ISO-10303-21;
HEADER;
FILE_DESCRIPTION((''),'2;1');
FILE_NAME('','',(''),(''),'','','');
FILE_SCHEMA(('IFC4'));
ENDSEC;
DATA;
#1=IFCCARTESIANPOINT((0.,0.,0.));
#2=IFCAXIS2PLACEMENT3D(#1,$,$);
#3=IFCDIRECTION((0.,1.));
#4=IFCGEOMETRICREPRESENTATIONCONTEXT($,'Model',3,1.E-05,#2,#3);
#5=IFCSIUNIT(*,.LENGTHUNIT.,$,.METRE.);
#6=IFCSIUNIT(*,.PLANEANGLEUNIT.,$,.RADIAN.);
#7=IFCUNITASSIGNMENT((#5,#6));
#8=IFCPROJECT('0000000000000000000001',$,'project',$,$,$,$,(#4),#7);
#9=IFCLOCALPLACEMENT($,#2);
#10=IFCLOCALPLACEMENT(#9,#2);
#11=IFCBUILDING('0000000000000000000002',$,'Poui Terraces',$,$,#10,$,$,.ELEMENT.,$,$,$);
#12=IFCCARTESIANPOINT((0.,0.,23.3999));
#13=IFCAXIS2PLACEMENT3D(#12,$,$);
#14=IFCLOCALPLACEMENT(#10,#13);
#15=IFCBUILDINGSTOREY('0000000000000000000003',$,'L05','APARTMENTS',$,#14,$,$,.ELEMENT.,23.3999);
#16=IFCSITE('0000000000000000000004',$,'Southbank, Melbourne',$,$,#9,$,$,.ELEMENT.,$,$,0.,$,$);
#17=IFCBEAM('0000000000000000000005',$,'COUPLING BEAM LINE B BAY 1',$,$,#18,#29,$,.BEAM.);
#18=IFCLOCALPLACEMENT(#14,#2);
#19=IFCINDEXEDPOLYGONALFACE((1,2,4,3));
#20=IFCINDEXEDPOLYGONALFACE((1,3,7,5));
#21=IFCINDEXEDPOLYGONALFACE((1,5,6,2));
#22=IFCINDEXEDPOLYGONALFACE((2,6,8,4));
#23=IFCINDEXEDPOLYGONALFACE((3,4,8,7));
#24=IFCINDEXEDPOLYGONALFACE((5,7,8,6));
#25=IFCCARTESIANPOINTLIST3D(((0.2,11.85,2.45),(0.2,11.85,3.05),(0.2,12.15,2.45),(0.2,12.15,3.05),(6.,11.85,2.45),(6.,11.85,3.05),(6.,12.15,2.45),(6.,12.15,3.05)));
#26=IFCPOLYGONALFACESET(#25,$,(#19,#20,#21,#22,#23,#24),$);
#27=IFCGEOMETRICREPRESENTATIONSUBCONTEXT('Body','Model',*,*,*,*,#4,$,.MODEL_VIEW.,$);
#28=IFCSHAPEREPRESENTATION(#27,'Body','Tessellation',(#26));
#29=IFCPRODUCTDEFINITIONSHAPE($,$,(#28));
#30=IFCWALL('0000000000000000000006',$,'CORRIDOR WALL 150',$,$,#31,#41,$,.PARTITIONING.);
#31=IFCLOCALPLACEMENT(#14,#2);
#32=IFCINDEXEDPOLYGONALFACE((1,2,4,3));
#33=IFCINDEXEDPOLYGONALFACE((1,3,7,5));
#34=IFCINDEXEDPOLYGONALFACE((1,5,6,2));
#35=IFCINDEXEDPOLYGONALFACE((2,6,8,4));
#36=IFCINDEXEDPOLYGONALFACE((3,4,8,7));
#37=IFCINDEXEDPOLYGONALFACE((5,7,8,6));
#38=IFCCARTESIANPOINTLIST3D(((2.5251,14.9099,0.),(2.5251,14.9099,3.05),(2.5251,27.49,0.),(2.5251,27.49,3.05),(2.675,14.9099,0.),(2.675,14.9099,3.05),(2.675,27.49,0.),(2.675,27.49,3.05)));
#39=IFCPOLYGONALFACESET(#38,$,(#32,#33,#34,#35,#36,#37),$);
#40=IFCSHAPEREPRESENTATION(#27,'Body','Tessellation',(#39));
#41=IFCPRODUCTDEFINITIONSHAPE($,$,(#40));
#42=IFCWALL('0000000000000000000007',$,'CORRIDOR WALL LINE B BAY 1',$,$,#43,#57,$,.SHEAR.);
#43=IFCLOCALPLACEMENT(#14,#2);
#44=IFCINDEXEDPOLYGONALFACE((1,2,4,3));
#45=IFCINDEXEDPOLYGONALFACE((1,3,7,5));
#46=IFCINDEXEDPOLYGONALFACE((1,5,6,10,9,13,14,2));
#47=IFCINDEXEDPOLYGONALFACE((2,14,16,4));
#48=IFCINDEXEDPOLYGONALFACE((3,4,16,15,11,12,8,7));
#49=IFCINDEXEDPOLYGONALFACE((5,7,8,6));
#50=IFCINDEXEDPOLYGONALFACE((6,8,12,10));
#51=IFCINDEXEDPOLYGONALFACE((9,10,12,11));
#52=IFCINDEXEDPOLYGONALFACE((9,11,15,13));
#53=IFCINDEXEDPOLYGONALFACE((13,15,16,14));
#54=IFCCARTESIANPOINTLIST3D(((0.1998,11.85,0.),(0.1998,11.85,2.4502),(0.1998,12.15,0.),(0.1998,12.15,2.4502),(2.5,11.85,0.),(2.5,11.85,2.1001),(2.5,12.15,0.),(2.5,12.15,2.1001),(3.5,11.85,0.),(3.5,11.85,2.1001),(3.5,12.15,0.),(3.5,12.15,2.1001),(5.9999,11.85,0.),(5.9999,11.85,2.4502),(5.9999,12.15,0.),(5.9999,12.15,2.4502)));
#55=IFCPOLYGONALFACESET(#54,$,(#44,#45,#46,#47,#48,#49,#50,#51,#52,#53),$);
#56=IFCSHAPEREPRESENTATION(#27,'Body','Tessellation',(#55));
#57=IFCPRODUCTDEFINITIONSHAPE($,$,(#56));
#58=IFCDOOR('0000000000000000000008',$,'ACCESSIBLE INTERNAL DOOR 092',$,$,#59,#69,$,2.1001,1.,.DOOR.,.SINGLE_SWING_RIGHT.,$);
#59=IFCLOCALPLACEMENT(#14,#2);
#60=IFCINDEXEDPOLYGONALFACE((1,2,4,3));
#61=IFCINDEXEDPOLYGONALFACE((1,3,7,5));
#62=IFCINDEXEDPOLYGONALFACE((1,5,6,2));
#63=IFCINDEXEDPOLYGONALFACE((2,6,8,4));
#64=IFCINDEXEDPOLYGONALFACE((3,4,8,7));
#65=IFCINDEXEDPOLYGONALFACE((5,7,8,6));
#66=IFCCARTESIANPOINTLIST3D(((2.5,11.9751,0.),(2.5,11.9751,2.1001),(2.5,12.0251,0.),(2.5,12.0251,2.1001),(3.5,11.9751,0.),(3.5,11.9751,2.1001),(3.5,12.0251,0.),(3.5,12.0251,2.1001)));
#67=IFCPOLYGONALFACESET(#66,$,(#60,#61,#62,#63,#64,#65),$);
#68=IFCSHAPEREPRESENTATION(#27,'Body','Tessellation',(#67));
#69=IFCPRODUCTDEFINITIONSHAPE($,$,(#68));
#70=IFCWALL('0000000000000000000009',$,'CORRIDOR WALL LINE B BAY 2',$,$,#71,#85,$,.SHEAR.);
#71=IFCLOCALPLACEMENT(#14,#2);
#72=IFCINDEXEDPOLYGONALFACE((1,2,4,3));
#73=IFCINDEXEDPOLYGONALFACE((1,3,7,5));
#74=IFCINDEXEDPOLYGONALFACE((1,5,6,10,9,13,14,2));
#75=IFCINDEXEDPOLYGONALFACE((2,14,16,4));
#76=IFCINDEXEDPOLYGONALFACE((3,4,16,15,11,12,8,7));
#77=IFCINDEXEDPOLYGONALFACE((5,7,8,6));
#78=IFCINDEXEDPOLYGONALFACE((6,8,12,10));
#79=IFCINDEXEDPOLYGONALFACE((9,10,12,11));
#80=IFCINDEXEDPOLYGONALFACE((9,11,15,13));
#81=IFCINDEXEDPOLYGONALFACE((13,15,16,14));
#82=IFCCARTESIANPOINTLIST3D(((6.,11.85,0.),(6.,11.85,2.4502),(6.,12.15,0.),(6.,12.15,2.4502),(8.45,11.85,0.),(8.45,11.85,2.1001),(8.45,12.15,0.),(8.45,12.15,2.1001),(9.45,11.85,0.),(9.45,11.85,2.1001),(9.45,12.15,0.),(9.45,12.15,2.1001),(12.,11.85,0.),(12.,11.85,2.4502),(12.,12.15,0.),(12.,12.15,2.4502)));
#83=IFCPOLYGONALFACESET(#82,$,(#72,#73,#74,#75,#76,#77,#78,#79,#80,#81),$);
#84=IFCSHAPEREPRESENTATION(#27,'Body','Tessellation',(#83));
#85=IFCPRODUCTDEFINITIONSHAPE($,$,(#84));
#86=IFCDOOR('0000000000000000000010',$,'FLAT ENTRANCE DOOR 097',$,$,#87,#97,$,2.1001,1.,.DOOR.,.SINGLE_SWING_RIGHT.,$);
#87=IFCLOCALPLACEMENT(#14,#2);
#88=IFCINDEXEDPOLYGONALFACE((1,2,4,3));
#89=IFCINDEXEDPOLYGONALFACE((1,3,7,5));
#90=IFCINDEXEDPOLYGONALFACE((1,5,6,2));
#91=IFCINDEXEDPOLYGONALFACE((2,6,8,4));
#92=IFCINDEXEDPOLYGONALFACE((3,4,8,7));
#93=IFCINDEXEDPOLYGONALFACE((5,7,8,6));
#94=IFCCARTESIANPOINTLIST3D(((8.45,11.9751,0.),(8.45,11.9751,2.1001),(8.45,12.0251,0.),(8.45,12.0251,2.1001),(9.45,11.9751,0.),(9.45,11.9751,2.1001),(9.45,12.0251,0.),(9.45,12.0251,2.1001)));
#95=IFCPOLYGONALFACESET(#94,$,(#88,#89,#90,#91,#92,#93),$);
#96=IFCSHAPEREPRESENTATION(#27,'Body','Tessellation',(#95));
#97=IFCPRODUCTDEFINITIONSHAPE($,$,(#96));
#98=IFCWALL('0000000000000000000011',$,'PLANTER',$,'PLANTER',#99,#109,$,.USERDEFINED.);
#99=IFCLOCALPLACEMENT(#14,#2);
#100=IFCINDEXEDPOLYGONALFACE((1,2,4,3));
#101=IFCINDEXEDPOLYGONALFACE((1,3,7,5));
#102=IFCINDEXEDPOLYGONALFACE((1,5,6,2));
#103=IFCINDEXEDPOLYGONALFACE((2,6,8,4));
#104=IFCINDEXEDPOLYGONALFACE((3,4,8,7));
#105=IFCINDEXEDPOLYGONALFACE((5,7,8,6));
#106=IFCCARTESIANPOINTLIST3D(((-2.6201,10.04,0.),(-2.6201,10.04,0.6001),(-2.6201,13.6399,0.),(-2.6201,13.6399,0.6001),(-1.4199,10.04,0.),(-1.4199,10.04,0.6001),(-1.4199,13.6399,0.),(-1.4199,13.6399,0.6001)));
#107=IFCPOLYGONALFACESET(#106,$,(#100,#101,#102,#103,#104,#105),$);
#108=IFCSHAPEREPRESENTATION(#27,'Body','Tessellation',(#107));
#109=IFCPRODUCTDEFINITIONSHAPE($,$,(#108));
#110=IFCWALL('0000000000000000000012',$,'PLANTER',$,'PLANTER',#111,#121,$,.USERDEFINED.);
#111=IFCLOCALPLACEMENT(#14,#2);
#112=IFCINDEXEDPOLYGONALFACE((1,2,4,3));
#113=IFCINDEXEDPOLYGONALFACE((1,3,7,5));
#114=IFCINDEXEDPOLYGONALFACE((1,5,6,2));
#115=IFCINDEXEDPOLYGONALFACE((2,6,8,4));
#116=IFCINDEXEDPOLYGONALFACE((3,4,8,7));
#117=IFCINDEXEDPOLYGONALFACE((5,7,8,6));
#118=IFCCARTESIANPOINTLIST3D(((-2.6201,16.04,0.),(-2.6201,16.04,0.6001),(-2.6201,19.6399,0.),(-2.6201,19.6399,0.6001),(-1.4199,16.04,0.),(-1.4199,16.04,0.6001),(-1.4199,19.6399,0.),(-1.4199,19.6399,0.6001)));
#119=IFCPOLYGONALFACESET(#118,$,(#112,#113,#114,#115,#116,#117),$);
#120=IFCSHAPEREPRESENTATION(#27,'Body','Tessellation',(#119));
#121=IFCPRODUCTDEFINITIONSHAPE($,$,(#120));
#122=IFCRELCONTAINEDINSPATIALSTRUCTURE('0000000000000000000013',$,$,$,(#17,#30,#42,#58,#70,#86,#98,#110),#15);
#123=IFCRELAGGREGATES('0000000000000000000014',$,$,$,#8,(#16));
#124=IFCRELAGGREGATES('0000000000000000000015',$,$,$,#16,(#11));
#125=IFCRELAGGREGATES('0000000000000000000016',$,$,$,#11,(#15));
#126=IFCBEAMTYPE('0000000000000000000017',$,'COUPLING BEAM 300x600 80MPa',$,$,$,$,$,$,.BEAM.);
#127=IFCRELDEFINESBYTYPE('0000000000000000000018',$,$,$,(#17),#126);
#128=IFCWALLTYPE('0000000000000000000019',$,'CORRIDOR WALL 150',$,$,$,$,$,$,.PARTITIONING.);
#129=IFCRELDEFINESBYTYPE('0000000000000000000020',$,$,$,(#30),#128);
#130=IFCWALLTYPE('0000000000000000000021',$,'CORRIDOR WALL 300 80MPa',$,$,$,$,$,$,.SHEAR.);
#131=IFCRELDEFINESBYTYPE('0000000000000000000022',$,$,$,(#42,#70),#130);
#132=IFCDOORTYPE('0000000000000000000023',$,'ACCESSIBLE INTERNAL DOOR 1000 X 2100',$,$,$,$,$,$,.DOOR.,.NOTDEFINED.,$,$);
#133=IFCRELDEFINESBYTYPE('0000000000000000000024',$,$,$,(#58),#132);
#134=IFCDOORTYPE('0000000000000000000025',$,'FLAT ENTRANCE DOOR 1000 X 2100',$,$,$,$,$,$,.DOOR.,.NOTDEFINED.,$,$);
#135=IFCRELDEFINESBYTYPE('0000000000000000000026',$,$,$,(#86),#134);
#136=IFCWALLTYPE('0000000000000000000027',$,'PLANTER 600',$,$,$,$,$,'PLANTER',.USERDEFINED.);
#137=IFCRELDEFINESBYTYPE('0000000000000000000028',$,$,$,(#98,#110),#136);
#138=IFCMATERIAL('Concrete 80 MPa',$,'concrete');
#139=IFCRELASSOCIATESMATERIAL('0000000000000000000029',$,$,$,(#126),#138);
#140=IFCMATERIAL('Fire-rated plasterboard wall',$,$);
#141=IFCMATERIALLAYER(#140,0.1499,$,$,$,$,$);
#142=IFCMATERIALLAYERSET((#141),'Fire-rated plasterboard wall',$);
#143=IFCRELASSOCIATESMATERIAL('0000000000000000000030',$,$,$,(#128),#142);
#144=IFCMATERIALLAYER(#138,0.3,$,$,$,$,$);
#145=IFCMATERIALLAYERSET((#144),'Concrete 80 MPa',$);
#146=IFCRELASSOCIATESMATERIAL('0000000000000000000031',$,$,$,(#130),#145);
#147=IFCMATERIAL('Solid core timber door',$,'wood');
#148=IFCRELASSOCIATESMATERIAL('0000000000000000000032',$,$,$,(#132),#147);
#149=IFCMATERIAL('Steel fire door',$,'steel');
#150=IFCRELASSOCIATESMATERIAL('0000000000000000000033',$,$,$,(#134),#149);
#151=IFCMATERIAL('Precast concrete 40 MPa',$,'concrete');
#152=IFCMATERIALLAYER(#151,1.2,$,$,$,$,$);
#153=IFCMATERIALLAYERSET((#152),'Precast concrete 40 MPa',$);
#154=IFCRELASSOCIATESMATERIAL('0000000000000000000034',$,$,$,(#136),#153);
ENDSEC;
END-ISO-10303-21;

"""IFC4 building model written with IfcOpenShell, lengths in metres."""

from ifc_helpers import new_model, si_unit, direction, frame, frame_2d, origin, origin_2d, place, context, subcontext, project, spatial, polyline, rectangle, outline, extrude, source, transform, mapped, material, layer, layer_set, material_profile, profile_set, type_object, element, fill, save


model = new_model("IFC4")

# Units and contexts
model_context = context("Model", 3, precision=1e-05, world=origin(), true_north=direction((0.0, 1.0)))
body_context = subcontext(model_context, "Body", "Model", "MODEL_VIEW")
ifc_project = project(units=[si_unit("LENGTHUNIT", "METRE"), si_unit("PLANEANGLEUNIT", "RADIAN")], contexts=[model_context])

# Site, building, storey
site_placement = place(None, origin())
site = spatial("IfcSite", under=ifc_project, at=site_placement, Name="Southbank, Melbourne", CompositionType="ELEMENT", RefElevation=0.0)
building_placement = place(site_placement, origin())
building = spatial("IfcBuilding", under=site, at=building_placement, Name="Poui Terraces", CompositionType="ELEMENT")
storey_placement = place(building_placement, frame((0.0, 0.0, 23.3999)))
storey = spatial("IfcBuildingStorey", under=building, at=storey_placement, Name="L05", Description="APARTMENTS", CompositionType="ELEMENT", Elevation=23.3999)

# Beam
ifc_material_1 = material(Name="Concrete 80 MPa", Category="concrete")
ifc_material_profile = material_profile(ifc_material_1, rectangle(XDim=0.3, YDim=0.6001, at=origin_2d()), Name="RC 300x600")
ifc_profile_set = profile_set([ifc_material_profile], Name="Concrete 80 MPa")
beam_type = type_object("IfcBeamType", Name="COUPLING BEAM 300x600 80MPa", PredefinedType="BEAM", material=ifc_profile_set)
shared_shape_1 = source(origin(), body_context, "Body", "SweptSolid", [
    extrude(rectangle(XDim=0.3, YDim=0.6001, at=origin_2d()), origin(), (0.0, 0.0, 1.0), 5.8),
])
beam_placement = place(storey_placement, frame((0.2, 12.0, 2.75), z_axis=(1.0, 0.0, 0.0), x_axis=(0.0, 1.0, 0.0)))
element("IfcBeam", 1, at=beam_placement, inside=storey, type_object=beam_type, Name="COUPLING BEAM LINE B BAY 1", PredefinedType="BEAM", context=body_context, shape_type="MappedRepresentation", body=[
    mapped(shared_shape_1, transform((0.0, 0.0, 0.0))),
])

# Wall
ifc_material_2 = material(Name="Fire-rated plasterboard wall")
ifc_layer_1 = layer(ifc_material_2, 0.1499)
ifc_layer_set_1 = layer_set([ifc_layer_1], Name="Fire-rated plasterboard wall")
wall_type_1 = type_object("IfcWallType", Name="CORRIDOR WALL 150", PredefinedType="PARTITIONING", material=ifc_layer_set_1)
wall_1_placement = place(storey_placement, frame((2.6001, 14.9099, 0.0), z_axis=(0.0, 0.0, 1.0), x_axis=(0.0, 1.0, 0.0)))
element("IfcWall", 2, at=wall_1_placement, inside=storey, type_object=wall_type_1, Name="CORRIDOR WALL 150", PredefinedType="PARTITIONING", context=body_context, shape_type="SweptSolid", body=[
    extrude(rectangle(XDim=12.5801, YDim=0.1499, at=frame_2d((6.29, 0.0))), origin(), (0.0, 0.0, 1.0), 3.05),
])

# Walls, openings, doors
ifc_layer_2 = layer(ifc_material_1, 0.3)
ifc_layer_set_2 = layer_set([ifc_layer_2], Name="Concrete 80 MPa")
wall_type_2 = type_object("IfcWallType", Name="CORRIDOR WALL 300 80MPa", PredefinedType="SHEAR", material=ifc_layer_set_2)
wall_2_placement = place(storey_placement, frame((0.2, 12.0, 0.0), z_axis=(0.0, 0.0, 1.0), x_axis=(1.0, 0.0, 0.0)))
wall_2 = element("IfcWall", 3, at=wall_2_placement, inside=storey, type_object=wall_type_2, Name="CORRIDOR WALL LINE B BAY 1", PredefinedType="SHEAR", context=body_context, shape_type="SweptSolid", body=[
    extrude(rectangle(XDim=5.8, YDim=0.3, at=frame_2d((2.8999, 0.0))), origin(), (0.0, 0.0, 1.0), 2.4502),
])
opening_1_placement = place(wall_2_placement, frame((2.3, 0.0, 0.0)))
opening_1 = element("IfcOpeningElement", 4, at=opening_1_placement, cuts=wall_2, PredefinedType="OPENING", context=body_context, shape_type="SweptSolid", body=[
    extrude(rectangle(XDim=1.0, YDim=2.1001, at=frame_2d((0.5, 1.05))), frame((0.0, 0.1602, 0.0), z_axis=(0.0, -1.0, 0.0), x_axis=(1.0, 0.0, 0.0)), (0.0, 0.0, 1.0), 0.3201),
])
ifc_material_3 = material(Name="Solid core timber door", Category="wood")
door_type_1 = type_object("IfcDoorType", Name="ACCESSIBLE INTERNAL DOOR 1000 X 2100", OperationType="NOTDEFINED", PredefinedType="DOOR", material=ifc_material_3)
door_1_placement = place(opening_1_placement, frame((1.0, 0.0, 0.0), z_axis=(0.0, 0.0, 1.0), x_axis=(-1.0, 0.0, 0.0)))
door_1 = element("IfcDoor", 5, at=door_1_placement, inside=storey, type_object=door_type_1, Name="ACCESSIBLE INTERNAL DOOR 092", OperationType="SINGLE_SWING_RIGHT", OverallHeight=2.1001, OverallWidth=1.0, PredefinedType="DOOR", context=body_context, shape_type="SweptSolid", body=[
    extrude(rectangle(XDim=1.0, YDim=2.1001, at=frame_2d((0.5, 1.05))), frame((0.0, 0.0249, 0.0), z_axis=(0.0, -1.0, 0.0), x_axis=(1.0, 0.0, 0.0)), (0.0, 0.0, 1.0), 0.05),
])
fill(opening_1, door_1)
wall_3_placement = place(storey_placement, frame((6.0, 12.0, 0.0), z_axis=(0.0, 0.0, 1.0), x_axis=(1.0, 0.0, 0.0)))
wall_3 = element("IfcWall", 6, at=wall_3_placement, inside=storey, type_object=wall_type_2, Name="CORRIDOR WALL LINE B BAY 2", PredefinedType="SHEAR", context=body_context, shape_type="SweptSolid", body=[
    extrude(rectangle(XDim=6.0, YDim=0.3, at=frame_2d((3.0, 0.0))), origin(), (0.0, 0.0, 1.0), 2.4502),
])
opening_2_placement = place(wall_3_placement, frame((2.45, 0.0, 0.0)))
opening_2 = element("IfcOpeningElement", 7, at=opening_2_placement, cuts=wall_3, PredefinedType="OPENING", context=body_context, shape_type="SweptSolid", body=[
    extrude(rectangle(XDim=1.0, YDim=2.1001, at=frame_2d((0.5, 1.05))), frame((0.0, 0.1602, 0.0), z_axis=(0.0, -1.0, 0.0), x_axis=(1.0, 0.0, 0.0)), (0.0, 0.0, 1.0), 0.3201),
])
ifc_material_4 = material(Name="Steel fire door", Category="steel")
door_type_2 = type_object("IfcDoorType", Name="FLAT ENTRANCE DOOR 1000 X 2100", OperationType="NOTDEFINED", PredefinedType="DOOR", material=ifc_material_4)
door_2_placement = place(opening_2_placement, frame((1.0, 0.0, 0.0), z_axis=(0.0, 0.0, 1.0), x_axis=(-1.0, 0.0, 0.0)))
door_2 = element("IfcDoor", 8, at=door_2_placement, inside=storey, type_object=door_type_2, Name="FLAT ENTRANCE DOOR 097", OperationType="SINGLE_SWING_RIGHT", OverallHeight=2.1001, OverallWidth=1.0, PredefinedType="DOOR", context=body_context, shape_type="SweptSolid", body=[
    extrude(rectangle(XDim=1.0, YDim=2.1001, at=frame_2d((0.5, 1.05))), frame((0.0, 0.0249, 0.0), z_axis=(0.0, -1.0, 0.0), x_axis=(1.0, 0.0, 0.0)), (0.0, 0.0, 1.0), 0.05),
])
fill(opening_2, door_2)

# Walls
ifc_material_5 = material(Name="Precast concrete 40 MPa", Category="concrete")
ifc_layer_3 = layer(ifc_material_5, 1.2)
ifc_layer_set_3 = layer_set([ifc_layer_3], Name="Precast concrete 40 MPa")
wall_type_3 = type_object("IfcWallType", Name="PLANTER 600", ElementType="PLANTER", PredefinedType="USERDEFINED", material=ifc_layer_set_3)
shared_shape_2 = source(origin(), body_context, "Body", "SweptSolid", [
    extrude(outline(polyline([(0.0, 0.0), (1.2002, 0.0), (1.2002, 3.5999), (0.0, 3.5999), (0.0, 0.0)])), origin(), (0.0, 0.0, 1.0), 0.6001),
])
for number, where, name in (
    (9, (-2.6201, 10.04, 0.0), "PLANTER"),
    (10, (-2.6201, 16.04, 0.0), "PLANTER"),
):
    element("IfcWall", number, at=place(storey_placement, frame(where)), inside=storey, type_object=wall_type_3, Name=name, ObjectType="PLANTER", PredefinedType="USERDEFINED", context=body_context, shape_type="MappedRepresentation", body=[
        mapped(shared_shape_2, transform((0.0, 0.0, 0.0))),
    ])

save(model, "model.ifc")
